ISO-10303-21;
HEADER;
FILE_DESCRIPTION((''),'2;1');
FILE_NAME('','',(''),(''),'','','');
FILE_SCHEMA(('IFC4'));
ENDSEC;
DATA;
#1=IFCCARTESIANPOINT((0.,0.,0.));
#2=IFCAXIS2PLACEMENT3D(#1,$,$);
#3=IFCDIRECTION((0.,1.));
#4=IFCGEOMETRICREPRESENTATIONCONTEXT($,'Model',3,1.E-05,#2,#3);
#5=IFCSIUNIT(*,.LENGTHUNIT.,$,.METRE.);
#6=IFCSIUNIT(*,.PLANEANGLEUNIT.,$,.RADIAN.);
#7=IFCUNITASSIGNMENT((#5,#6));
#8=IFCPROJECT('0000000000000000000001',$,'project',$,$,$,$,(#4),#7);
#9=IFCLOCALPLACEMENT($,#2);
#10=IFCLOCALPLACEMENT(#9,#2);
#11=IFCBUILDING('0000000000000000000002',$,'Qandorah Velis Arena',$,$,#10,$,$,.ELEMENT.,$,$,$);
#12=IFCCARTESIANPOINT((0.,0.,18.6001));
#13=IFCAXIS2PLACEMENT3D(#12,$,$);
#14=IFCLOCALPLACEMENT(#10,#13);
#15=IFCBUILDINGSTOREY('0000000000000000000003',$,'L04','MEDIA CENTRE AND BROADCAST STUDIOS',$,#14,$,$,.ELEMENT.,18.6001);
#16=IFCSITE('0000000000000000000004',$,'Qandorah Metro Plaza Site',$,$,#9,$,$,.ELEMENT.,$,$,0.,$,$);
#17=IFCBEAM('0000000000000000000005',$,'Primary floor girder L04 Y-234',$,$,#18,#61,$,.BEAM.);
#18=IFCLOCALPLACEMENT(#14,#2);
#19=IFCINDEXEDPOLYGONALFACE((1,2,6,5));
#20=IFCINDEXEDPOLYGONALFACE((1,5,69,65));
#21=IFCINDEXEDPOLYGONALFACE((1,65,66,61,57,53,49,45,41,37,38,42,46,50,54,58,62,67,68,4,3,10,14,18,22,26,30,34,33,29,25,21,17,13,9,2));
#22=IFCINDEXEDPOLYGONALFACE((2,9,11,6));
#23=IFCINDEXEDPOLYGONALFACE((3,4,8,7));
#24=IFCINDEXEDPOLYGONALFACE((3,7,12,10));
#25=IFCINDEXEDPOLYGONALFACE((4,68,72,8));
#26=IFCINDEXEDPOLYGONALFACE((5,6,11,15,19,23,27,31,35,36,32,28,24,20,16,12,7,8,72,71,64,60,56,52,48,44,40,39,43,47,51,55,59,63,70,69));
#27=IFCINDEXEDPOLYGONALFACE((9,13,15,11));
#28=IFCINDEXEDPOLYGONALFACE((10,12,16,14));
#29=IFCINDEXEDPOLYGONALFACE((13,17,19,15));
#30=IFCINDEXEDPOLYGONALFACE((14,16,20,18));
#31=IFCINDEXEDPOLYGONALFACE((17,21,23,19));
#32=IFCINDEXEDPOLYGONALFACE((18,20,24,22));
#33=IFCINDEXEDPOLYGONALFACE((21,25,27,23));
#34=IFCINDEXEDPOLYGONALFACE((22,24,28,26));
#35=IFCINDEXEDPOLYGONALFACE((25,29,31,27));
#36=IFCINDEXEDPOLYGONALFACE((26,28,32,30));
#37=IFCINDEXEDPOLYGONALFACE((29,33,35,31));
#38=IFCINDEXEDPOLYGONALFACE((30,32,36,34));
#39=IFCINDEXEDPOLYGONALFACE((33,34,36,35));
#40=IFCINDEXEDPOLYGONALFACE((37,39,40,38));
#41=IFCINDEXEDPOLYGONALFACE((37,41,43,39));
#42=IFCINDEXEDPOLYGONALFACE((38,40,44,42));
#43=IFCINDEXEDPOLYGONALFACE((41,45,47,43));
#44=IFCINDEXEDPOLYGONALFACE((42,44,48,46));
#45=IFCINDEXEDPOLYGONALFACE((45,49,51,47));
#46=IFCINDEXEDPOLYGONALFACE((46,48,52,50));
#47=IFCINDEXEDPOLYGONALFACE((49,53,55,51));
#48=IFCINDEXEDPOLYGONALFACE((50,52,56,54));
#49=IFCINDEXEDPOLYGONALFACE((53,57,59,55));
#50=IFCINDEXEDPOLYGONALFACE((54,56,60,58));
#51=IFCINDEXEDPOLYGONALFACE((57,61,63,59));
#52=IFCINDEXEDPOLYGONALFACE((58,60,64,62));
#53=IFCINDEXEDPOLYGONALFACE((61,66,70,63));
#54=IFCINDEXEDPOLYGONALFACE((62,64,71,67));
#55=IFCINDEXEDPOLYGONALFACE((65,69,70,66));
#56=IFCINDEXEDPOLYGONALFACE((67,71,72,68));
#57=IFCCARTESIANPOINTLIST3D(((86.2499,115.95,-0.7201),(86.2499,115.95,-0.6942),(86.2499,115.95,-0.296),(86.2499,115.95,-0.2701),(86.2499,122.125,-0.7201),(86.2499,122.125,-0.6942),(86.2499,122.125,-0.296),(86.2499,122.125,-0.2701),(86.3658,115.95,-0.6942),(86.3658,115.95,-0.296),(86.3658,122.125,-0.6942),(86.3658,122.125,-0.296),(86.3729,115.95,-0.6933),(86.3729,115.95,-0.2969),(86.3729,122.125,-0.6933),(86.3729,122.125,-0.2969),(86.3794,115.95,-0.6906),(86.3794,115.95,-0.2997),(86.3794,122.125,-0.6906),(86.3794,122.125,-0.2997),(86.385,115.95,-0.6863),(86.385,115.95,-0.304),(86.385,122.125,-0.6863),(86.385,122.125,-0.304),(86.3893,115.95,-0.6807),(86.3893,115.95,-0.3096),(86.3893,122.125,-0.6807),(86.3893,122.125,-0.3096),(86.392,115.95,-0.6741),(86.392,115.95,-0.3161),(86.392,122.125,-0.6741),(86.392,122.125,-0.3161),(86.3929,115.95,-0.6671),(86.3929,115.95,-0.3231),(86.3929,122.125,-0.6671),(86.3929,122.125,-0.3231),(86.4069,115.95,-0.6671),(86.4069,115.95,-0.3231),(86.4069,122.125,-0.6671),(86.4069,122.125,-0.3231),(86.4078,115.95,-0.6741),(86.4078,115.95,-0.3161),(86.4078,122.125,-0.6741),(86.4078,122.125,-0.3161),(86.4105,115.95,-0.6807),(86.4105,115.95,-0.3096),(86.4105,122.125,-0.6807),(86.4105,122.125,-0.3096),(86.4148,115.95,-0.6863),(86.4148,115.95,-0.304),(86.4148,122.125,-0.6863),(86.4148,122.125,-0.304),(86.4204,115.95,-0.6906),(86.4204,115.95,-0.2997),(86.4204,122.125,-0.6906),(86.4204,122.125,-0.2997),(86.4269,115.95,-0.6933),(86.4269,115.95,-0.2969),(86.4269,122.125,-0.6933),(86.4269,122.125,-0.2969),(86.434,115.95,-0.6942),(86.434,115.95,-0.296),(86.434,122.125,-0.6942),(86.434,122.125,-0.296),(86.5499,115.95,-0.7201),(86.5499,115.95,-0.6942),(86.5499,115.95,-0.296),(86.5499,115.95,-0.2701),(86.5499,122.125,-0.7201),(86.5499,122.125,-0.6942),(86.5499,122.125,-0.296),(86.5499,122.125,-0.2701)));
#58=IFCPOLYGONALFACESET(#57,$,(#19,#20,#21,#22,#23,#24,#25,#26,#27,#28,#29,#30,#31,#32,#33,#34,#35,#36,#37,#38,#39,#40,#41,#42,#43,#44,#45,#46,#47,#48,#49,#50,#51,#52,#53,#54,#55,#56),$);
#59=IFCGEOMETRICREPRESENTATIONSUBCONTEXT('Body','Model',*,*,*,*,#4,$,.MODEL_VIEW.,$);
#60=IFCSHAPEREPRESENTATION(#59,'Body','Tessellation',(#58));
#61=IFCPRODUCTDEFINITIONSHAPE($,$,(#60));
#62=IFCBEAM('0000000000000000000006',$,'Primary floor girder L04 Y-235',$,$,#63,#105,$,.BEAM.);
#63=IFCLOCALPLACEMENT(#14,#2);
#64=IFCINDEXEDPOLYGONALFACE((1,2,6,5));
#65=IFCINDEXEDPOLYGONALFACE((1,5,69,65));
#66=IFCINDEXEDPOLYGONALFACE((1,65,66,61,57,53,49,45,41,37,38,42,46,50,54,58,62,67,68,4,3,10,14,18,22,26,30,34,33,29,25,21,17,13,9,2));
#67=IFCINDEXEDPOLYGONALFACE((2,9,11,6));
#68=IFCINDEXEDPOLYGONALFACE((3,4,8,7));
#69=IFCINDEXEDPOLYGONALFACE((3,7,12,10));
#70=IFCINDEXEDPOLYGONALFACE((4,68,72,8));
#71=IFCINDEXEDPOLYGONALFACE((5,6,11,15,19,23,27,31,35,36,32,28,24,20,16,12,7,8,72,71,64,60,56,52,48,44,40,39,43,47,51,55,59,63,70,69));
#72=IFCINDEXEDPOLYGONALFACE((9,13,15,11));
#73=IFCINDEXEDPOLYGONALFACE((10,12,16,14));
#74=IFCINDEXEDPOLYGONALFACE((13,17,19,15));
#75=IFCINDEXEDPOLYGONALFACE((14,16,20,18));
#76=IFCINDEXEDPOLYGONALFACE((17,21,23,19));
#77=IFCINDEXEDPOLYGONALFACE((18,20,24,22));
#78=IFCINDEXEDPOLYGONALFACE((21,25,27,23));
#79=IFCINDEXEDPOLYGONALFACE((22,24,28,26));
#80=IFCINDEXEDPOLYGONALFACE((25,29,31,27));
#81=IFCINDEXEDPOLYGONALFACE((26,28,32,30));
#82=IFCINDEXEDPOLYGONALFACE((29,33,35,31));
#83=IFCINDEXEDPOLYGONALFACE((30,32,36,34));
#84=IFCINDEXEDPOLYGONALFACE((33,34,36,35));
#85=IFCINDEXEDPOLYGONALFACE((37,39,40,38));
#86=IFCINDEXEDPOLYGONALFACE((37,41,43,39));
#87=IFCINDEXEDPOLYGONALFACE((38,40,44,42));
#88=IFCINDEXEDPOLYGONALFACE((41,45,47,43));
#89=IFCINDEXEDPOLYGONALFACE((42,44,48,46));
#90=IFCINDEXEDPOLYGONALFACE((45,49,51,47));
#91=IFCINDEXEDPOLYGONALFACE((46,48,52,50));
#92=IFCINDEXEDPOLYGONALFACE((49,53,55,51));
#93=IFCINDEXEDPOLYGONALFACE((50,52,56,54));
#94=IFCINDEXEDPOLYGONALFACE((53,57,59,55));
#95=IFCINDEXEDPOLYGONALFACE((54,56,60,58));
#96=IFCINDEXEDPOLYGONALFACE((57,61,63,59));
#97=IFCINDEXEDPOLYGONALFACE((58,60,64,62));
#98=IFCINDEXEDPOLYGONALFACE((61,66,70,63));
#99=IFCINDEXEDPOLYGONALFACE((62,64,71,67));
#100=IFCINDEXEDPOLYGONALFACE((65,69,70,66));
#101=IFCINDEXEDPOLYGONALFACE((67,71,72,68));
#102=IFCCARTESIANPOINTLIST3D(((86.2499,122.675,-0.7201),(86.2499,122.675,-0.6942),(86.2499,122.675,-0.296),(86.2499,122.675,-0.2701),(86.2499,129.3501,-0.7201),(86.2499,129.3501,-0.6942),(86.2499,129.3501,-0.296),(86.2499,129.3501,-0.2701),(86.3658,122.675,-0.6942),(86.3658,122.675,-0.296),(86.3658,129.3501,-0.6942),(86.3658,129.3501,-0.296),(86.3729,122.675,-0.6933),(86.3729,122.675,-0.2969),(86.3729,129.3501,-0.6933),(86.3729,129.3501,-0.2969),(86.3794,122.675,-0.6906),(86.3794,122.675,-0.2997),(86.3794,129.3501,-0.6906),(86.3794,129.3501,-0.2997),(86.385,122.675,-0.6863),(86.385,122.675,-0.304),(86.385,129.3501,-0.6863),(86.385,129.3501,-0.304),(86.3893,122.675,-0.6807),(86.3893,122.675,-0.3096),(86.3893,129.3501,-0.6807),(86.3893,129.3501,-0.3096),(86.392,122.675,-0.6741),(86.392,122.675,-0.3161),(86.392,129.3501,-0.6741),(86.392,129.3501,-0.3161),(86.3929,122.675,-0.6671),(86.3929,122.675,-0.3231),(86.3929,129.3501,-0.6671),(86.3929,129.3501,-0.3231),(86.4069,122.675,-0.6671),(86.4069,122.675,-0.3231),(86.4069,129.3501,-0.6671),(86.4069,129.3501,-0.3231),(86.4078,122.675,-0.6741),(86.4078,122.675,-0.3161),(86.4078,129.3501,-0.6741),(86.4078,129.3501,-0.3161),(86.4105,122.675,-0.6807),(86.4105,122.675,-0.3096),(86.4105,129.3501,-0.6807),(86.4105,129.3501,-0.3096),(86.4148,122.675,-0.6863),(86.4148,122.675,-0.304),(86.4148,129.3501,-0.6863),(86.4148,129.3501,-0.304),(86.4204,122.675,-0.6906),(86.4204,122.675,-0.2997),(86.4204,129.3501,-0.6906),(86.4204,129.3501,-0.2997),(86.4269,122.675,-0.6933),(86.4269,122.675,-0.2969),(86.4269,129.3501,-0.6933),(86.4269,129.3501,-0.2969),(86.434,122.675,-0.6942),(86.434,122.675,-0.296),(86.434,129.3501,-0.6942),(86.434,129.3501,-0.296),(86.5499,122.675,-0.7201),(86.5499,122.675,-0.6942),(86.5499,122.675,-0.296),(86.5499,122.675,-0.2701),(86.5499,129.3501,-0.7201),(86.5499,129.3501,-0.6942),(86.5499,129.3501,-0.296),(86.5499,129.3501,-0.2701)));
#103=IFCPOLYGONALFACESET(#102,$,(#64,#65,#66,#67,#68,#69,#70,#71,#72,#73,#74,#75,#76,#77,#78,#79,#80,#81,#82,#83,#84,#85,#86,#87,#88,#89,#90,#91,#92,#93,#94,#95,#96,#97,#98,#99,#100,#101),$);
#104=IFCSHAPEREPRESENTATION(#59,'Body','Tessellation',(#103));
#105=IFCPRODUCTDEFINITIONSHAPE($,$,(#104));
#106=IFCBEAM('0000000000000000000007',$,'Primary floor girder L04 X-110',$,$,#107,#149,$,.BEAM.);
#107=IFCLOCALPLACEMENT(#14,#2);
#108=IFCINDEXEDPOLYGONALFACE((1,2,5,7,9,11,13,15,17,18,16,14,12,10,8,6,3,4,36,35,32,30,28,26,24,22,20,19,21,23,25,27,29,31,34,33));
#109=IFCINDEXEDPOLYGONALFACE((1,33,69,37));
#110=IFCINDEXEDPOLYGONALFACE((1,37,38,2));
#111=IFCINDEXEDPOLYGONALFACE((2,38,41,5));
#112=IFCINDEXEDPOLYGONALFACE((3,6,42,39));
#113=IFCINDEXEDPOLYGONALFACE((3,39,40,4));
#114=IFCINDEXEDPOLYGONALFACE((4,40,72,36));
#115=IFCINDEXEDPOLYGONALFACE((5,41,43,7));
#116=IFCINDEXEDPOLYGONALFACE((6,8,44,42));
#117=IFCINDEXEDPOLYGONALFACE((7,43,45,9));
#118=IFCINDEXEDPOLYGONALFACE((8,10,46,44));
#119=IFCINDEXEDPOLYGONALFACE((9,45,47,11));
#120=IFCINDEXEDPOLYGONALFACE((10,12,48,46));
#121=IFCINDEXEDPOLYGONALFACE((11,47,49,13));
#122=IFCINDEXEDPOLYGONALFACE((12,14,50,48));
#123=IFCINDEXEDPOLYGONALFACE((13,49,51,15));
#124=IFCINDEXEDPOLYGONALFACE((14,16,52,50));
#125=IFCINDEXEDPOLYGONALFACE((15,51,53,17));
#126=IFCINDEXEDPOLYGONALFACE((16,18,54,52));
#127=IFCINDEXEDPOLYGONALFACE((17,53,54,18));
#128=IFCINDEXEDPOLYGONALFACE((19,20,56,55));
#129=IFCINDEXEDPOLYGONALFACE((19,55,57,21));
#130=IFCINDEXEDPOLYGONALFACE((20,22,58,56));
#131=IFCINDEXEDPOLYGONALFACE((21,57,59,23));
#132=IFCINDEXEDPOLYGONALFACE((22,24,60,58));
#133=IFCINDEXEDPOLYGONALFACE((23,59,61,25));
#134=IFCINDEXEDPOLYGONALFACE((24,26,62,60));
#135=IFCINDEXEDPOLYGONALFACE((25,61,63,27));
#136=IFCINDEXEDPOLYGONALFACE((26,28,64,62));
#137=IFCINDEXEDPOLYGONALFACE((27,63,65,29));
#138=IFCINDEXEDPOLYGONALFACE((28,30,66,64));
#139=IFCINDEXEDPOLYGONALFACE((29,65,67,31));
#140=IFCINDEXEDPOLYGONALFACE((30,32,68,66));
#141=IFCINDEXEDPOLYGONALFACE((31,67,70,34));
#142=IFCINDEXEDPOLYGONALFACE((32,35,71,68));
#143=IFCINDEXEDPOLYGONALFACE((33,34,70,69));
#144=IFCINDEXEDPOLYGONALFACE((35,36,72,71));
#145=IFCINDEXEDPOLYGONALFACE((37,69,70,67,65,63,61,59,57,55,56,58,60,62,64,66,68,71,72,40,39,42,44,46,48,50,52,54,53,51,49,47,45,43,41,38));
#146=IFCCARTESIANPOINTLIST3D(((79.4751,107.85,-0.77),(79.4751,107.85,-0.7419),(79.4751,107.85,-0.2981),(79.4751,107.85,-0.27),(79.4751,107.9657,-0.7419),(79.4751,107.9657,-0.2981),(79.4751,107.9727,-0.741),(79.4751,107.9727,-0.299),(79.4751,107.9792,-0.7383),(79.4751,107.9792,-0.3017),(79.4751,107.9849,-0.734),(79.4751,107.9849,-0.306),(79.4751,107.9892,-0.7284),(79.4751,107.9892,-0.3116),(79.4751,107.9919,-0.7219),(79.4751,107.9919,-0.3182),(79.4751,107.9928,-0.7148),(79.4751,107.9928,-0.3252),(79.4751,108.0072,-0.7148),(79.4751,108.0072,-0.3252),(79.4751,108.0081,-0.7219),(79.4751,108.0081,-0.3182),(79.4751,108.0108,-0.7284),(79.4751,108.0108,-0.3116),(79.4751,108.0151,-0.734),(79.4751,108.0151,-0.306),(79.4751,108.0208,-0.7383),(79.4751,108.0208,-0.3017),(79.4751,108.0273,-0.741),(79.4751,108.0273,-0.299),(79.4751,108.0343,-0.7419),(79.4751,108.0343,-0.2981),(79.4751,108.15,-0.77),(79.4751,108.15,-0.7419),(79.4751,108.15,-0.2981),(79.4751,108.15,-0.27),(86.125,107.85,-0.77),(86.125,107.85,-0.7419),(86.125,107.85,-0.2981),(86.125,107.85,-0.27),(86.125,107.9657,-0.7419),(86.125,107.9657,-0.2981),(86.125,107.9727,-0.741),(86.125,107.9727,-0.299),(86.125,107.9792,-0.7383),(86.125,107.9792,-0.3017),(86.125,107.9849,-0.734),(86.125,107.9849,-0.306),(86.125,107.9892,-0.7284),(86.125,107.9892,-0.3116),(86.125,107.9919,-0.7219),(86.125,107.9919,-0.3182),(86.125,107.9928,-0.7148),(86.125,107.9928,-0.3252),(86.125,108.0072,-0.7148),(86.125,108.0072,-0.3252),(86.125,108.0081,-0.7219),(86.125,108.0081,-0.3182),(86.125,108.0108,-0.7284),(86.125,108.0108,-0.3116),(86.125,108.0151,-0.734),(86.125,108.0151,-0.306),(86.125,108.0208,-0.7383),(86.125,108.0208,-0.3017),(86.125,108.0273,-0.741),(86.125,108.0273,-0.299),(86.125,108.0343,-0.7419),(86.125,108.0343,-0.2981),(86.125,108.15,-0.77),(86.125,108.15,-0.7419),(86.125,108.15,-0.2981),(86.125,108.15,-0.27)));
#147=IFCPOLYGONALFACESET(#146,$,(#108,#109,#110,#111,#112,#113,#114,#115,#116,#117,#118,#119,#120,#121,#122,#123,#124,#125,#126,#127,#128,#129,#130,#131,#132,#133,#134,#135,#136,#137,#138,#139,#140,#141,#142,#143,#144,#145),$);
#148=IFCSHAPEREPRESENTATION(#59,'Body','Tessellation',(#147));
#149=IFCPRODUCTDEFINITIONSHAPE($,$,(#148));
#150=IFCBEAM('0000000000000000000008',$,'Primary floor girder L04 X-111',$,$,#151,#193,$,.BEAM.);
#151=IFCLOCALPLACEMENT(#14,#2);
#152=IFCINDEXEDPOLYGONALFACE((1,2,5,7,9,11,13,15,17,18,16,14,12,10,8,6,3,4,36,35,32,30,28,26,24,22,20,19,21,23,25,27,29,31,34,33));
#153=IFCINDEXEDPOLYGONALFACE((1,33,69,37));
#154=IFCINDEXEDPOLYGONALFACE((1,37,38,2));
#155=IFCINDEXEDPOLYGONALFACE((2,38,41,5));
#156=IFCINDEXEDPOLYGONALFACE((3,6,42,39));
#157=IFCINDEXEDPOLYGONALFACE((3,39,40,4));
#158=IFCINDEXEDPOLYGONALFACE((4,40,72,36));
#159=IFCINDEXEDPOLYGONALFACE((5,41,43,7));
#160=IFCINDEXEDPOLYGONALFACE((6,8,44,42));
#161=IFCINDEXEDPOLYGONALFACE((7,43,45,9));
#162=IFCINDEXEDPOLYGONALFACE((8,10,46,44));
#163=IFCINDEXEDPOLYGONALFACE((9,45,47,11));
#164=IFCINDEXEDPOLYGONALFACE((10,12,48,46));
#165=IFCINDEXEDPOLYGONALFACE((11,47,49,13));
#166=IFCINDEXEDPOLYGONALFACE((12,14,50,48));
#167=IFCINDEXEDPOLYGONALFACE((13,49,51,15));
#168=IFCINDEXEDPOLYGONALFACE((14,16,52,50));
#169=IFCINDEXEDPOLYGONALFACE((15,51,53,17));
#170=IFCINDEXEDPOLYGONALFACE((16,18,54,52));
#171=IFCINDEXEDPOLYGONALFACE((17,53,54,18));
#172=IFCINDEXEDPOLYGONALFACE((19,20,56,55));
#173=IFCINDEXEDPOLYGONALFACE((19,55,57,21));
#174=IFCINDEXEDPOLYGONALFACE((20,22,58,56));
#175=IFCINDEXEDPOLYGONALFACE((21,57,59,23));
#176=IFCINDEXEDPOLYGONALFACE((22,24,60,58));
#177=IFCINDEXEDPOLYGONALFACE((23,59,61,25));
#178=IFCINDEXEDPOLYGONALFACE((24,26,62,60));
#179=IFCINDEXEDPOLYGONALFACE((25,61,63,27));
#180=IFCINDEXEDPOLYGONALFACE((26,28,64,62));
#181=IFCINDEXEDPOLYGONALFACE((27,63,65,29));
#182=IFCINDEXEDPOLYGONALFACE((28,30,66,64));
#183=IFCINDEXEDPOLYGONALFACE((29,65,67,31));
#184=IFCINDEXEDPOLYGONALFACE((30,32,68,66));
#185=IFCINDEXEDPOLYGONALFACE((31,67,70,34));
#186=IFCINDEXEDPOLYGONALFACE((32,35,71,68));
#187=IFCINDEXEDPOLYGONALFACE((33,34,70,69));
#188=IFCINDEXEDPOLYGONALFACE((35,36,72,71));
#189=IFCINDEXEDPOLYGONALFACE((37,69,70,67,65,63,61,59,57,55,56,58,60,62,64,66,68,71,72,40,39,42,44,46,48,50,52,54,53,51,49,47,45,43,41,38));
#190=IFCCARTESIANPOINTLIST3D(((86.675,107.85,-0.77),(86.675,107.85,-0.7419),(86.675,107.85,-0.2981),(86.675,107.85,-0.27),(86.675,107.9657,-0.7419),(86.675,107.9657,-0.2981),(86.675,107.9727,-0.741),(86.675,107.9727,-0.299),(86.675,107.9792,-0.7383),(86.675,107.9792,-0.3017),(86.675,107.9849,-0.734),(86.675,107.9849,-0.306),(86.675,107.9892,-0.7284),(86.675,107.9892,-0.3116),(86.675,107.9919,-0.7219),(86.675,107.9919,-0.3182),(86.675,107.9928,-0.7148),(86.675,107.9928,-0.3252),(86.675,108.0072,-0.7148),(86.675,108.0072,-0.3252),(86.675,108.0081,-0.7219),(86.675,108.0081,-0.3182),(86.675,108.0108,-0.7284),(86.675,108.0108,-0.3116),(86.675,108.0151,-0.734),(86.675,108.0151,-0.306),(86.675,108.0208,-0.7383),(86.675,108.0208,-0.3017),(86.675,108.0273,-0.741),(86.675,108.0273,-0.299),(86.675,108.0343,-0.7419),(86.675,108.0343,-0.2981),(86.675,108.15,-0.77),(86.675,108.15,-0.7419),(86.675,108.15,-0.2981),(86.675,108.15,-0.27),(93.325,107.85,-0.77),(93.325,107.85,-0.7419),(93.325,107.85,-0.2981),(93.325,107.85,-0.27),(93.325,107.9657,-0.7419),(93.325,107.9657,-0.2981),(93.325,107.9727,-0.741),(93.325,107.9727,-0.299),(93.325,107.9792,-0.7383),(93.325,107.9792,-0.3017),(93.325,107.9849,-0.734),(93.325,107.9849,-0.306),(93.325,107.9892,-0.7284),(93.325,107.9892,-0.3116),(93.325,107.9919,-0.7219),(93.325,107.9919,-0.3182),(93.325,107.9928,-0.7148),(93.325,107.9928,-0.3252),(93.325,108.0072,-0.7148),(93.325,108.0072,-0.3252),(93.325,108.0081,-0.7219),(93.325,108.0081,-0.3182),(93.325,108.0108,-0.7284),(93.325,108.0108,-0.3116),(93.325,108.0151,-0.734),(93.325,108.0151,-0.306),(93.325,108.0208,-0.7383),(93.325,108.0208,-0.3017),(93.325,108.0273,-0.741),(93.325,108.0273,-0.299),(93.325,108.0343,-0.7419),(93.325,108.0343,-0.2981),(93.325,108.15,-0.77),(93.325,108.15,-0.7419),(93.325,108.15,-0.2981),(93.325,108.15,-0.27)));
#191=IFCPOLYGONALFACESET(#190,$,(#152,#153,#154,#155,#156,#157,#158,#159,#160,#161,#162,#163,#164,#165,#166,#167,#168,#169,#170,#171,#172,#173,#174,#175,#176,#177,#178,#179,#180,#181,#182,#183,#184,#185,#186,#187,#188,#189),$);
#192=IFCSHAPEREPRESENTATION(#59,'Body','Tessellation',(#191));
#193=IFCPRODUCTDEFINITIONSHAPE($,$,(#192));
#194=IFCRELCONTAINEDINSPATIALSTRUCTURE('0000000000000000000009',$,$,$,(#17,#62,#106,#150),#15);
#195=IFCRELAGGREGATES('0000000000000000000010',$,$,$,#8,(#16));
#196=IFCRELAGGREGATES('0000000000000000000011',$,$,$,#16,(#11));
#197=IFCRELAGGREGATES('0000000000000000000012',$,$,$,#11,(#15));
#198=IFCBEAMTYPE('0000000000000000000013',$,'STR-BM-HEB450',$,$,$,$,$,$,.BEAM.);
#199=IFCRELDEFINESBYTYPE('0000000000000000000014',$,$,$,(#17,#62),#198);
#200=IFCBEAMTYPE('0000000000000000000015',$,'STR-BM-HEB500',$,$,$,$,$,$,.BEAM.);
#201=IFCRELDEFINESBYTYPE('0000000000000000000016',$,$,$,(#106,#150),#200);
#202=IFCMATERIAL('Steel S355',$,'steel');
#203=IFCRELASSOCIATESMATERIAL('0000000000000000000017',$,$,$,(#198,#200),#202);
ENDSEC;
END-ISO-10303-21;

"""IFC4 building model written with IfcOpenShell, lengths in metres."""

from ifc_helpers import new_model, si_unit, direction, frame, origin, origin_2d, place, context, subcontext, project, spatial, i_section, extrude, material, material_profile, profile_set, type_object, element, save


model = new_model("IFC4")

# Units and contexts
model_context = context("Model", 3, precision=1e-05, world=origin(), true_north=direction((0.0, 1.0)))
body_context = subcontext(model_context, "Body", "Model", "MODEL_VIEW")
ifc_project = project(units=[si_unit("LENGTHUNIT", "METRE"), si_unit("PLANEANGLEUNIT", "RADIAN")], contexts=[model_context])

# Site, building, storey
site_placement = place(None, origin())
site = spatial("IfcSite", under=ifc_project, at=site_placement, Name="Qandorah Metro Plaza Site", CompositionType="ELEMENT", RefElevation=0.0)
building_placement = place(site_placement, origin())
building = spatial("IfcBuilding", under=site, at=building_placement, Name="Qandorah Velis Arena", CompositionType="ELEMENT")
storey_placement = place(building_placement, frame((0.0, 0.0, 18.6001)))
storey = spatial("IfcBuildingStorey", under=building, at=storey_placement, Name="L04", Description="MEDIA CENTRE AND BROADCAST STUDIOS", CompositionType="ELEMENT", Elevation=18.6001)

# Beams
ifc_material_1 = material(Name="Steel S355", Category="steel")
ifc_material_profile_1 = material_profile(ifc_material_1, i_section(OverallWidth=0.3, OverallDepth=0.45, WebThickness=0.0139, FlangeThickness=0.0259, FilletRadius=0.0271, at=origin_2d()), Name="HEB 450")
ifc_profile_set_1 = profile_set([ifc_material_profile_1], Name="Steel S355")
beam_type_1 = type_object("IfcBeamType", Name="STR-BM-HEB450", PredefinedType="BEAM", material=ifc_profile_set_1)
for number, where, z_axis, x_axis, name in (
    (1, (86.3999, 115.95, -0.4951), (0.0, 1.0, 0.0), (-1.0, 0.0, 0.0), "Primary floor girder L04 Y-234"),
):
    element("IfcBeam", number, at=place(storey_placement, frame(where, z_axis=z_axis, x_axis=x_axis)), inside=storey, type_object=beam_type_1, Name=name, PredefinedType="BEAM", context=body_context, shape_type="SweptSolid", body=[
        extrude(i_section(OverallWidth=0.3, OverallDepth=0.45, WebThickness=0.0139, FlangeThickness=0.0259, FilletRadius=0.0271, at=origin_2d()), origin(), (0.0, 0.0, 1.0), 6.175),
    ])
beam_1_placement = place(storey_placement, frame((86.3999, 122.675, -0.4951), z_axis=(0.0, 1.0, 0.0), x_axis=(-1.0, 0.0, 0.0)))
element("IfcBeam", 2, at=beam_1_placement, inside=storey, type_object=beam_type_1, Name="Primary floor girder L04 Y-235", PredefinedType="BEAM", context=body_context, shape_type="SweptSolid", body=[
    extrude(i_section(OverallWidth=0.3, OverallDepth=0.45, WebThickness=0.0139, FlangeThickness=0.0259, FilletRadius=0.0271, at=origin_2d()), origin(), (0.0, 0.0, 1.0), 6.675),
])
ifc_material_profile_2 = material_profile(ifc_material_1, i_section(OverallWidth=0.3, OverallDepth=0.5, WebThickness=0.0144, FlangeThickness=0.0281, FilletRadius=0.0271, at=origin_2d()), Name="HEB 500")
ifc_profile_set_2 = profile_set([ifc_material_profile_2], Name="Steel S355")
beam_type_2 = type_object("IfcBeamType", Name="STR-BM-HEB500", PredefinedType="BEAM", material=ifc_profile_set_2)
for number, where, z_axis, x_axis, name in (
    (3, (79.4751, 108.0, -0.52), (1.0, 0.0, 0.0), (0.0, 1.0, 0.0), "Primary floor girder L04 X-110"),
    (4, (86.675, 108.0, -0.52), (1.0, 0.0, 0.0), (0.0, 1.0, 0.0), "Primary floor girder L04 X-111"),
):
    element("IfcBeam", number, at=place(storey_placement, frame(where, z_axis=z_axis, x_axis=x_axis)), inside=storey, type_object=beam_type_2, Name=name, PredefinedType="BEAM", context=body_context, shape_type="SweptSolid", body=[
        extrude(i_section(OverallWidth=0.3, OverallDepth=0.5, WebThickness=0.0144, FlangeThickness=0.0281, FilletRadius=0.0271, at=origin_2d()), origin(), (0.0, 0.0, 1.0), 6.6499),
    ])

save(model, "model.ifc")
